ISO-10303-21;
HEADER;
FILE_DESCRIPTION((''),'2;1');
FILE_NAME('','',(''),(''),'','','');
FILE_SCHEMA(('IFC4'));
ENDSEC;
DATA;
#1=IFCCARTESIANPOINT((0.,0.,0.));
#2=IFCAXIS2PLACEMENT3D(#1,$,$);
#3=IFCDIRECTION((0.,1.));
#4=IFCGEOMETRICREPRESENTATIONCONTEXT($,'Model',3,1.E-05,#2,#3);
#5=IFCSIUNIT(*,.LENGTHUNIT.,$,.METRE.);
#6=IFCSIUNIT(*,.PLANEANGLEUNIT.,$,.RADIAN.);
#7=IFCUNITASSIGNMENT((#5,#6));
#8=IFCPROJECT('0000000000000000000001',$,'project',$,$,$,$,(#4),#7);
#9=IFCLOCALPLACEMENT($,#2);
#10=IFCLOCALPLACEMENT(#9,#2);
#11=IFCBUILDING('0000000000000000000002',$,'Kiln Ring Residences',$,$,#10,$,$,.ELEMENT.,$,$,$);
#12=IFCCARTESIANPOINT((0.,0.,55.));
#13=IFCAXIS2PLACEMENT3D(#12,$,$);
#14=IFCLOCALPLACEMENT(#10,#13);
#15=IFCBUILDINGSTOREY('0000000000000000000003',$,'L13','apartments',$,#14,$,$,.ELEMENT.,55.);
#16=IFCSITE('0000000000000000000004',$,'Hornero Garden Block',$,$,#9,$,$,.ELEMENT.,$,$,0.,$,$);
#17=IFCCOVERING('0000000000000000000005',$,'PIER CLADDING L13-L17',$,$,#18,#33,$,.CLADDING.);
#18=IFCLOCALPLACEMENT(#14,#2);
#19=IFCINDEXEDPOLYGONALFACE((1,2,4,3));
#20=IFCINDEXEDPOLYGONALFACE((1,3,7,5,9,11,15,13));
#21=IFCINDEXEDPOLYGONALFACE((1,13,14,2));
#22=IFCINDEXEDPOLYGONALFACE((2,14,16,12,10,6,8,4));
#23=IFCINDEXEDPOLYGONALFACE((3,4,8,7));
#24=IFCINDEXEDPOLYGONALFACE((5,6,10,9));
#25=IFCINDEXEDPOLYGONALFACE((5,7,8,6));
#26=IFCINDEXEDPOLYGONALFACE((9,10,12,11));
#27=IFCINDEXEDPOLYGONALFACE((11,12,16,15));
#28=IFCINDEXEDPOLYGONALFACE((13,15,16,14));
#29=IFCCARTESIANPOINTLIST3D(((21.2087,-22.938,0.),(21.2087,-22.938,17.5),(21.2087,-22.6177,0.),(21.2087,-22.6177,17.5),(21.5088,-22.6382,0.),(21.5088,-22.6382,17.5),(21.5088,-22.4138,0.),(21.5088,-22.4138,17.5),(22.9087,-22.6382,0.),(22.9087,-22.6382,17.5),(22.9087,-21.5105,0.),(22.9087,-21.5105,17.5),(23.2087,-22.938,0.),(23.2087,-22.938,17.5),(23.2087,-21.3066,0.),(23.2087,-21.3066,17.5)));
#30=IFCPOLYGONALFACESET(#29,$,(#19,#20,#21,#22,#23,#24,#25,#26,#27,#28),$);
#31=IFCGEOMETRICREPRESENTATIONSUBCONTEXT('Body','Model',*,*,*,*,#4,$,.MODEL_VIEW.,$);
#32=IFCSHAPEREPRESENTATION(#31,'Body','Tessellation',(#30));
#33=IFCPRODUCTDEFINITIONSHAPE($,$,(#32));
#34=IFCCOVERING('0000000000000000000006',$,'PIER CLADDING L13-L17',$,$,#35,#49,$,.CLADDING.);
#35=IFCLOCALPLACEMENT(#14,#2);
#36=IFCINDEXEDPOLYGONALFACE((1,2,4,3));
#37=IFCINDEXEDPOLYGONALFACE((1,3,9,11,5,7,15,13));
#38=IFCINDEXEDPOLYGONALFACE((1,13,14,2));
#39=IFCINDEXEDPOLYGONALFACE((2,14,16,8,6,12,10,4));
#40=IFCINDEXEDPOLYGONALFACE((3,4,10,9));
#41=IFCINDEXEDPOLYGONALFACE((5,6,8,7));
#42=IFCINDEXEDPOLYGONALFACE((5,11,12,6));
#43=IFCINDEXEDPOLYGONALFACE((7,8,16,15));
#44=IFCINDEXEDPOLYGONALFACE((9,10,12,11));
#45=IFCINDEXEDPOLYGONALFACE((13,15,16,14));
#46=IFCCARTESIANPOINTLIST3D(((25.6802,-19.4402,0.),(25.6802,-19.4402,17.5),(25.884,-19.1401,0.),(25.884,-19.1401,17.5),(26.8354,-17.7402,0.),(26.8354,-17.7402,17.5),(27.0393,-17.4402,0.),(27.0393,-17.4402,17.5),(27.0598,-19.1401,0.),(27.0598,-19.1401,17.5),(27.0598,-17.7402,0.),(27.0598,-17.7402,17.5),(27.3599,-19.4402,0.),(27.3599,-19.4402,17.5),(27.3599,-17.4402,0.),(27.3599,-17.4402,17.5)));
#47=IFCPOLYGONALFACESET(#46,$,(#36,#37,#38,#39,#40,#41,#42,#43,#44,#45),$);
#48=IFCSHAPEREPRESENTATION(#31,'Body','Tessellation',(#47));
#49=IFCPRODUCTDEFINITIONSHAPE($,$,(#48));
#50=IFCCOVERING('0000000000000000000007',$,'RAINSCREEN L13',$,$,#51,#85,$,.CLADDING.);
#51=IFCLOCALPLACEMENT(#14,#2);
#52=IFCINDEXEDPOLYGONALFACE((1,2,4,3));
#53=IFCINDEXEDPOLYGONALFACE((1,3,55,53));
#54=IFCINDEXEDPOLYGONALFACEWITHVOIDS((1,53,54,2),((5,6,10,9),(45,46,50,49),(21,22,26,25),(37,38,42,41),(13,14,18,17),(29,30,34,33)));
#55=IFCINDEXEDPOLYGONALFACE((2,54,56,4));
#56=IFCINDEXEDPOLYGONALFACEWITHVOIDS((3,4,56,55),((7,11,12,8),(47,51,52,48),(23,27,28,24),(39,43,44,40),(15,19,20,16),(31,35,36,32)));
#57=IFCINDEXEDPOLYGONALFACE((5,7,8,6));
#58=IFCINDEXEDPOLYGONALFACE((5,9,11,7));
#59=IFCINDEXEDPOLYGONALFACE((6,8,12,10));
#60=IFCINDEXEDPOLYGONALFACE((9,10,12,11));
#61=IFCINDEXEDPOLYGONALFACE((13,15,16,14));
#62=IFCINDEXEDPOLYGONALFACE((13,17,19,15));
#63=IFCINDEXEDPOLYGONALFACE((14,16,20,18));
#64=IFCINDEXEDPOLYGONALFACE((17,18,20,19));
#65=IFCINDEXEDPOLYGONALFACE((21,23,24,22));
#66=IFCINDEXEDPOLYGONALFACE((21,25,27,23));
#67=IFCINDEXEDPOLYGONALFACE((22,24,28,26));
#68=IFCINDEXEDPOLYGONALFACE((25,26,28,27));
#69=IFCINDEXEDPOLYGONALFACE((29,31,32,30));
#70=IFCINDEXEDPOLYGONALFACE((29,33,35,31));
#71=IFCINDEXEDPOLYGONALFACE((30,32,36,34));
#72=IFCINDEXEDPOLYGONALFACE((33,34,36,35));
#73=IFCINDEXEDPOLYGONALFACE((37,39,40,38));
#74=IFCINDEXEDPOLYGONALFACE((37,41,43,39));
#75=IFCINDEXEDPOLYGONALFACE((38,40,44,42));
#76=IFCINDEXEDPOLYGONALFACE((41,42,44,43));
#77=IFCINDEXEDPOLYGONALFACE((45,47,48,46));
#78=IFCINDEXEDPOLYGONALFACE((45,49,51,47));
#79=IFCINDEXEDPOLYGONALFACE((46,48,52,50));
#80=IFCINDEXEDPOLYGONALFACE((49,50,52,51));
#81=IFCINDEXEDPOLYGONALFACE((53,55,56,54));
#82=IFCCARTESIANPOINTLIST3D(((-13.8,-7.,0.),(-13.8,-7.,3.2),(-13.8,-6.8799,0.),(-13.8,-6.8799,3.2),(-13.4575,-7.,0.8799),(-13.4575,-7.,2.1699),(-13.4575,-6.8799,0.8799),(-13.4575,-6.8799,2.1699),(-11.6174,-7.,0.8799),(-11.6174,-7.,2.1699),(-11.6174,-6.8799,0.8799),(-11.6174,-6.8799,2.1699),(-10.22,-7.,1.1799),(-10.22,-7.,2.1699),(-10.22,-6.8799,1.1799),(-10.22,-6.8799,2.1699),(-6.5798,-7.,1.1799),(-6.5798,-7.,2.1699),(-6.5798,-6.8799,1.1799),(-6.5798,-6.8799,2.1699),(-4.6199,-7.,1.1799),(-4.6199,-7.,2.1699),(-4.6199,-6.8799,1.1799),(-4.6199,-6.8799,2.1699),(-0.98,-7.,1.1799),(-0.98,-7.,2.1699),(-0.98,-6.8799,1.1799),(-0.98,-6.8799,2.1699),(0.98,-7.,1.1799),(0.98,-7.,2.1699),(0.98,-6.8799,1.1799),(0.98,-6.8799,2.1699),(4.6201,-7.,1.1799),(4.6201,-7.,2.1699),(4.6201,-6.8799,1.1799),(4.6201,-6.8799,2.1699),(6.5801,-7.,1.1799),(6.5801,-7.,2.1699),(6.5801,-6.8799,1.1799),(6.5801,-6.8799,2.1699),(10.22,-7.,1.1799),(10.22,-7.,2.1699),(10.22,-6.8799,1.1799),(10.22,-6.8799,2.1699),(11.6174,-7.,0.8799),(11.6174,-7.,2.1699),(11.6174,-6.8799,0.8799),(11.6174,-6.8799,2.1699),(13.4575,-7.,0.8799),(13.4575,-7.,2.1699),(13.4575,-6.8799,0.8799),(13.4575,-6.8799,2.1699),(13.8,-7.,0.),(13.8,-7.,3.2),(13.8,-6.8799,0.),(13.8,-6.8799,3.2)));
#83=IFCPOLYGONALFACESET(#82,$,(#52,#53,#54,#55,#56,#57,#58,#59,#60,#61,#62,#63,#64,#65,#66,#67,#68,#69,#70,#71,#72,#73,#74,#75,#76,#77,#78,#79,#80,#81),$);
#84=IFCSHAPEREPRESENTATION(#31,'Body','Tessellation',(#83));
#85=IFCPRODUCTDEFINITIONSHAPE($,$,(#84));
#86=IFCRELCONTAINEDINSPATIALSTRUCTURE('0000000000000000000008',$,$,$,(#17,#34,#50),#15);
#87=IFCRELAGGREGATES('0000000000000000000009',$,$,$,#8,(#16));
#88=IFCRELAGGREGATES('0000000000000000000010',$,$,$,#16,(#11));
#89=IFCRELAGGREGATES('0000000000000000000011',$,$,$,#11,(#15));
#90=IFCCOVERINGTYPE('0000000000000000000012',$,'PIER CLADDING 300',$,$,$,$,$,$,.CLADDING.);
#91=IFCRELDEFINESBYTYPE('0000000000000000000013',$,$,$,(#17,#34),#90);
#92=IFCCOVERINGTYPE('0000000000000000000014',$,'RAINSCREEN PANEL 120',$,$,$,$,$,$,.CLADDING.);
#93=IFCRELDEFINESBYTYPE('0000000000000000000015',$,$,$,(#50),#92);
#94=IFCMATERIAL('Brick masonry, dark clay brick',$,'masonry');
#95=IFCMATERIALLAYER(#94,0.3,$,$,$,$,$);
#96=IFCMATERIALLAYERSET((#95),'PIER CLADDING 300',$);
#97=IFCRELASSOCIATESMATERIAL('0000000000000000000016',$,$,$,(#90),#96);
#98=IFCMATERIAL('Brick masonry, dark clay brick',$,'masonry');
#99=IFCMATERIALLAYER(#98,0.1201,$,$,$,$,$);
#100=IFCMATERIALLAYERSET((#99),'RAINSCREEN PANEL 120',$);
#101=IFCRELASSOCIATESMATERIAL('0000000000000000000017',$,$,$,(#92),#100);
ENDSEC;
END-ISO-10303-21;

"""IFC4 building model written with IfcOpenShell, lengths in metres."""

from ifc_helpers import new_model, si_unit, direction, frame, origin, place, context, subcontext, project, spatial, polyline, outline, extrude, material, layer, layer_set, type_object, element, save


model = new_model("IFC4")

# Units and contexts
model_context = context("Model", 3, precision=1e-05, world=origin(), true_north=direction((0.0, 1.0)))
body_context = subcontext(model_context, "Body", "Model", "MODEL_VIEW")
ifc_project = project(units=[si_unit("LENGTHUNIT", "METRE"), si_unit("PLANEANGLEUNIT", "RADIAN")], contexts=[model_context])

# Site, building, storey
site_placement = place(None, origin())
site = spatial("IfcSite", under=ifc_project, at=site_placement, Name="Hornero Garden Block", CompositionType="ELEMENT", RefElevation=0.0)
building_placement = place(site_placement, origin())
building = spatial("IfcBuilding", under=site, at=building_placement, Name="Kiln Ring Residences", CompositionType="ELEMENT")
storey_placement = place(building_placement, frame((0.0, 0.0, 55.0)))
storey = spatial("IfcBuildingStorey", under=building, at=storey_placement, Name="L13", Description="apartments", CompositionType="ELEMENT", Elevation=55.0)

# Shared definitions
placement = place(storey_placement, origin())

# Coverings
ifc_material_1 = material(Name="Brick masonry, dark clay brick", Category="masonry")
ifc_layer_1 = layer(ifc_material_1, 0.3)
ifc_layer_set_1 = layer_set([ifc_layer_1], Name="PIER CLADDING 300")
covering_type_1 = type_object("IfcCoveringType", Name="PIER CLADDING 300", PredefinedType="CLADDING", material=ifc_layer_set_1)
element("IfcCovering", 1, at=placement, inside=storey, type_object=covering_type_1, Name="PIER CLADDING L13-L17", PredefinedType="CLADDING", context=body_context, shape_type="SweptSolid", body=[
    extrude(outline(polyline([(21.5088, -22.4138), (21.2087, -22.6177), (21.2087, -22.938), (23.2087, -22.938), (23.2087, -21.3066), (22.9087, -21.5105), (22.9087, -22.6382), (21.5088, -22.6382), (21.5088, -22.4138)])), origin(), (0.0, 0.0, 1.0), 17.5),
])
element("IfcCovering", 2, at=placement, inside=storey, type_object=covering_type_1, Name="PIER CLADDING L13-L17", PredefinedType="CLADDING", context=body_context, shape_type="SweptSolid", body=[
    extrude(outline(polyline([(27.3599, -19.4402), (27.3599, -17.4402), (27.0393, -17.4402), (26.8354, -17.7402), (27.0598, -17.7402), (27.0598, -19.1401), (25.884, -19.1401), (25.6802, -19.4402), (27.3599, -19.4402)])), origin(), (0.0, 0.0, 1.0), 17.5),
])
ifc_material_2 = material(Name="Brick masonry, dark clay brick", Category="masonry")
ifc_layer_2 = layer(ifc_material_2, 0.1201)
ifc_layer_set_2 = layer_set([ifc_layer_2], Name="RAINSCREEN PANEL 120")
covering_type_2 = type_object("IfcCoveringType", Name="RAINSCREEN PANEL 120", PredefinedType="CLADDING", material=ifc_layer_set_2)
covering_1_placement = place(storey_placement, frame((13.8, -6.9399, 0.0), z_axis=(0.0, 0.0, 1.0), x_axis=(-1.0, 0.0, 0.0)))
element("IfcCovering", 3, at=covering_1_placement, inside=storey, type_object=covering_type_2, Name="RAINSCREEN L13", PredefinedType="CLADDING", context=body_context, shape_type="SweptSolid", body=[
    extrude(outline(polyline([(0.0, 0.0), (27.6001, 0.0), (27.6001, 3.2), (0.0, 3.2), (0.0, 0.0)]), holes=[polyline([(2.1826, 0.8799), (2.1826, 2.1699), (0.3425, 2.1699), (0.3425, 0.8799), (2.1826, 0.8799)]), polyline([(25.4175, 0.8799), (27.2576, 0.8799), (27.2576, 2.1699), (25.4175, 2.1699), (25.4175, 0.8799)]), polyline([(3.5801, 1.1799), (7.22, 1.1799), (7.22, 2.1699), (3.5801, 2.1699), (3.5801, 1.1799)]), polyline([(12.8201, 1.1799), (12.8201, 2.1699), (9.1799, 2.1699), (9.1799, 1.1799), (12.8201, 1.1799)]), polyline([(14.78, 1.1799), (18.4199, 1.1799), (18.4199, 2.1699), (14.78, 2.1699), (14.78, 1.1799)]), polyline([(20.3799, 1.1799), (24.02, 1.1799), (24.02, 2.1699), (20.3799, 2.1699), (20.3799, 1.1799)])]), frame((0.0, 0.0601, 0.0), z_axis=(0.0, -1.0, 0.0), x_axis=(1.0, 0.0, 0.0)), (0.0, 0.0, 1.0), 0.1201),
])

save(model, "model.ifc")
